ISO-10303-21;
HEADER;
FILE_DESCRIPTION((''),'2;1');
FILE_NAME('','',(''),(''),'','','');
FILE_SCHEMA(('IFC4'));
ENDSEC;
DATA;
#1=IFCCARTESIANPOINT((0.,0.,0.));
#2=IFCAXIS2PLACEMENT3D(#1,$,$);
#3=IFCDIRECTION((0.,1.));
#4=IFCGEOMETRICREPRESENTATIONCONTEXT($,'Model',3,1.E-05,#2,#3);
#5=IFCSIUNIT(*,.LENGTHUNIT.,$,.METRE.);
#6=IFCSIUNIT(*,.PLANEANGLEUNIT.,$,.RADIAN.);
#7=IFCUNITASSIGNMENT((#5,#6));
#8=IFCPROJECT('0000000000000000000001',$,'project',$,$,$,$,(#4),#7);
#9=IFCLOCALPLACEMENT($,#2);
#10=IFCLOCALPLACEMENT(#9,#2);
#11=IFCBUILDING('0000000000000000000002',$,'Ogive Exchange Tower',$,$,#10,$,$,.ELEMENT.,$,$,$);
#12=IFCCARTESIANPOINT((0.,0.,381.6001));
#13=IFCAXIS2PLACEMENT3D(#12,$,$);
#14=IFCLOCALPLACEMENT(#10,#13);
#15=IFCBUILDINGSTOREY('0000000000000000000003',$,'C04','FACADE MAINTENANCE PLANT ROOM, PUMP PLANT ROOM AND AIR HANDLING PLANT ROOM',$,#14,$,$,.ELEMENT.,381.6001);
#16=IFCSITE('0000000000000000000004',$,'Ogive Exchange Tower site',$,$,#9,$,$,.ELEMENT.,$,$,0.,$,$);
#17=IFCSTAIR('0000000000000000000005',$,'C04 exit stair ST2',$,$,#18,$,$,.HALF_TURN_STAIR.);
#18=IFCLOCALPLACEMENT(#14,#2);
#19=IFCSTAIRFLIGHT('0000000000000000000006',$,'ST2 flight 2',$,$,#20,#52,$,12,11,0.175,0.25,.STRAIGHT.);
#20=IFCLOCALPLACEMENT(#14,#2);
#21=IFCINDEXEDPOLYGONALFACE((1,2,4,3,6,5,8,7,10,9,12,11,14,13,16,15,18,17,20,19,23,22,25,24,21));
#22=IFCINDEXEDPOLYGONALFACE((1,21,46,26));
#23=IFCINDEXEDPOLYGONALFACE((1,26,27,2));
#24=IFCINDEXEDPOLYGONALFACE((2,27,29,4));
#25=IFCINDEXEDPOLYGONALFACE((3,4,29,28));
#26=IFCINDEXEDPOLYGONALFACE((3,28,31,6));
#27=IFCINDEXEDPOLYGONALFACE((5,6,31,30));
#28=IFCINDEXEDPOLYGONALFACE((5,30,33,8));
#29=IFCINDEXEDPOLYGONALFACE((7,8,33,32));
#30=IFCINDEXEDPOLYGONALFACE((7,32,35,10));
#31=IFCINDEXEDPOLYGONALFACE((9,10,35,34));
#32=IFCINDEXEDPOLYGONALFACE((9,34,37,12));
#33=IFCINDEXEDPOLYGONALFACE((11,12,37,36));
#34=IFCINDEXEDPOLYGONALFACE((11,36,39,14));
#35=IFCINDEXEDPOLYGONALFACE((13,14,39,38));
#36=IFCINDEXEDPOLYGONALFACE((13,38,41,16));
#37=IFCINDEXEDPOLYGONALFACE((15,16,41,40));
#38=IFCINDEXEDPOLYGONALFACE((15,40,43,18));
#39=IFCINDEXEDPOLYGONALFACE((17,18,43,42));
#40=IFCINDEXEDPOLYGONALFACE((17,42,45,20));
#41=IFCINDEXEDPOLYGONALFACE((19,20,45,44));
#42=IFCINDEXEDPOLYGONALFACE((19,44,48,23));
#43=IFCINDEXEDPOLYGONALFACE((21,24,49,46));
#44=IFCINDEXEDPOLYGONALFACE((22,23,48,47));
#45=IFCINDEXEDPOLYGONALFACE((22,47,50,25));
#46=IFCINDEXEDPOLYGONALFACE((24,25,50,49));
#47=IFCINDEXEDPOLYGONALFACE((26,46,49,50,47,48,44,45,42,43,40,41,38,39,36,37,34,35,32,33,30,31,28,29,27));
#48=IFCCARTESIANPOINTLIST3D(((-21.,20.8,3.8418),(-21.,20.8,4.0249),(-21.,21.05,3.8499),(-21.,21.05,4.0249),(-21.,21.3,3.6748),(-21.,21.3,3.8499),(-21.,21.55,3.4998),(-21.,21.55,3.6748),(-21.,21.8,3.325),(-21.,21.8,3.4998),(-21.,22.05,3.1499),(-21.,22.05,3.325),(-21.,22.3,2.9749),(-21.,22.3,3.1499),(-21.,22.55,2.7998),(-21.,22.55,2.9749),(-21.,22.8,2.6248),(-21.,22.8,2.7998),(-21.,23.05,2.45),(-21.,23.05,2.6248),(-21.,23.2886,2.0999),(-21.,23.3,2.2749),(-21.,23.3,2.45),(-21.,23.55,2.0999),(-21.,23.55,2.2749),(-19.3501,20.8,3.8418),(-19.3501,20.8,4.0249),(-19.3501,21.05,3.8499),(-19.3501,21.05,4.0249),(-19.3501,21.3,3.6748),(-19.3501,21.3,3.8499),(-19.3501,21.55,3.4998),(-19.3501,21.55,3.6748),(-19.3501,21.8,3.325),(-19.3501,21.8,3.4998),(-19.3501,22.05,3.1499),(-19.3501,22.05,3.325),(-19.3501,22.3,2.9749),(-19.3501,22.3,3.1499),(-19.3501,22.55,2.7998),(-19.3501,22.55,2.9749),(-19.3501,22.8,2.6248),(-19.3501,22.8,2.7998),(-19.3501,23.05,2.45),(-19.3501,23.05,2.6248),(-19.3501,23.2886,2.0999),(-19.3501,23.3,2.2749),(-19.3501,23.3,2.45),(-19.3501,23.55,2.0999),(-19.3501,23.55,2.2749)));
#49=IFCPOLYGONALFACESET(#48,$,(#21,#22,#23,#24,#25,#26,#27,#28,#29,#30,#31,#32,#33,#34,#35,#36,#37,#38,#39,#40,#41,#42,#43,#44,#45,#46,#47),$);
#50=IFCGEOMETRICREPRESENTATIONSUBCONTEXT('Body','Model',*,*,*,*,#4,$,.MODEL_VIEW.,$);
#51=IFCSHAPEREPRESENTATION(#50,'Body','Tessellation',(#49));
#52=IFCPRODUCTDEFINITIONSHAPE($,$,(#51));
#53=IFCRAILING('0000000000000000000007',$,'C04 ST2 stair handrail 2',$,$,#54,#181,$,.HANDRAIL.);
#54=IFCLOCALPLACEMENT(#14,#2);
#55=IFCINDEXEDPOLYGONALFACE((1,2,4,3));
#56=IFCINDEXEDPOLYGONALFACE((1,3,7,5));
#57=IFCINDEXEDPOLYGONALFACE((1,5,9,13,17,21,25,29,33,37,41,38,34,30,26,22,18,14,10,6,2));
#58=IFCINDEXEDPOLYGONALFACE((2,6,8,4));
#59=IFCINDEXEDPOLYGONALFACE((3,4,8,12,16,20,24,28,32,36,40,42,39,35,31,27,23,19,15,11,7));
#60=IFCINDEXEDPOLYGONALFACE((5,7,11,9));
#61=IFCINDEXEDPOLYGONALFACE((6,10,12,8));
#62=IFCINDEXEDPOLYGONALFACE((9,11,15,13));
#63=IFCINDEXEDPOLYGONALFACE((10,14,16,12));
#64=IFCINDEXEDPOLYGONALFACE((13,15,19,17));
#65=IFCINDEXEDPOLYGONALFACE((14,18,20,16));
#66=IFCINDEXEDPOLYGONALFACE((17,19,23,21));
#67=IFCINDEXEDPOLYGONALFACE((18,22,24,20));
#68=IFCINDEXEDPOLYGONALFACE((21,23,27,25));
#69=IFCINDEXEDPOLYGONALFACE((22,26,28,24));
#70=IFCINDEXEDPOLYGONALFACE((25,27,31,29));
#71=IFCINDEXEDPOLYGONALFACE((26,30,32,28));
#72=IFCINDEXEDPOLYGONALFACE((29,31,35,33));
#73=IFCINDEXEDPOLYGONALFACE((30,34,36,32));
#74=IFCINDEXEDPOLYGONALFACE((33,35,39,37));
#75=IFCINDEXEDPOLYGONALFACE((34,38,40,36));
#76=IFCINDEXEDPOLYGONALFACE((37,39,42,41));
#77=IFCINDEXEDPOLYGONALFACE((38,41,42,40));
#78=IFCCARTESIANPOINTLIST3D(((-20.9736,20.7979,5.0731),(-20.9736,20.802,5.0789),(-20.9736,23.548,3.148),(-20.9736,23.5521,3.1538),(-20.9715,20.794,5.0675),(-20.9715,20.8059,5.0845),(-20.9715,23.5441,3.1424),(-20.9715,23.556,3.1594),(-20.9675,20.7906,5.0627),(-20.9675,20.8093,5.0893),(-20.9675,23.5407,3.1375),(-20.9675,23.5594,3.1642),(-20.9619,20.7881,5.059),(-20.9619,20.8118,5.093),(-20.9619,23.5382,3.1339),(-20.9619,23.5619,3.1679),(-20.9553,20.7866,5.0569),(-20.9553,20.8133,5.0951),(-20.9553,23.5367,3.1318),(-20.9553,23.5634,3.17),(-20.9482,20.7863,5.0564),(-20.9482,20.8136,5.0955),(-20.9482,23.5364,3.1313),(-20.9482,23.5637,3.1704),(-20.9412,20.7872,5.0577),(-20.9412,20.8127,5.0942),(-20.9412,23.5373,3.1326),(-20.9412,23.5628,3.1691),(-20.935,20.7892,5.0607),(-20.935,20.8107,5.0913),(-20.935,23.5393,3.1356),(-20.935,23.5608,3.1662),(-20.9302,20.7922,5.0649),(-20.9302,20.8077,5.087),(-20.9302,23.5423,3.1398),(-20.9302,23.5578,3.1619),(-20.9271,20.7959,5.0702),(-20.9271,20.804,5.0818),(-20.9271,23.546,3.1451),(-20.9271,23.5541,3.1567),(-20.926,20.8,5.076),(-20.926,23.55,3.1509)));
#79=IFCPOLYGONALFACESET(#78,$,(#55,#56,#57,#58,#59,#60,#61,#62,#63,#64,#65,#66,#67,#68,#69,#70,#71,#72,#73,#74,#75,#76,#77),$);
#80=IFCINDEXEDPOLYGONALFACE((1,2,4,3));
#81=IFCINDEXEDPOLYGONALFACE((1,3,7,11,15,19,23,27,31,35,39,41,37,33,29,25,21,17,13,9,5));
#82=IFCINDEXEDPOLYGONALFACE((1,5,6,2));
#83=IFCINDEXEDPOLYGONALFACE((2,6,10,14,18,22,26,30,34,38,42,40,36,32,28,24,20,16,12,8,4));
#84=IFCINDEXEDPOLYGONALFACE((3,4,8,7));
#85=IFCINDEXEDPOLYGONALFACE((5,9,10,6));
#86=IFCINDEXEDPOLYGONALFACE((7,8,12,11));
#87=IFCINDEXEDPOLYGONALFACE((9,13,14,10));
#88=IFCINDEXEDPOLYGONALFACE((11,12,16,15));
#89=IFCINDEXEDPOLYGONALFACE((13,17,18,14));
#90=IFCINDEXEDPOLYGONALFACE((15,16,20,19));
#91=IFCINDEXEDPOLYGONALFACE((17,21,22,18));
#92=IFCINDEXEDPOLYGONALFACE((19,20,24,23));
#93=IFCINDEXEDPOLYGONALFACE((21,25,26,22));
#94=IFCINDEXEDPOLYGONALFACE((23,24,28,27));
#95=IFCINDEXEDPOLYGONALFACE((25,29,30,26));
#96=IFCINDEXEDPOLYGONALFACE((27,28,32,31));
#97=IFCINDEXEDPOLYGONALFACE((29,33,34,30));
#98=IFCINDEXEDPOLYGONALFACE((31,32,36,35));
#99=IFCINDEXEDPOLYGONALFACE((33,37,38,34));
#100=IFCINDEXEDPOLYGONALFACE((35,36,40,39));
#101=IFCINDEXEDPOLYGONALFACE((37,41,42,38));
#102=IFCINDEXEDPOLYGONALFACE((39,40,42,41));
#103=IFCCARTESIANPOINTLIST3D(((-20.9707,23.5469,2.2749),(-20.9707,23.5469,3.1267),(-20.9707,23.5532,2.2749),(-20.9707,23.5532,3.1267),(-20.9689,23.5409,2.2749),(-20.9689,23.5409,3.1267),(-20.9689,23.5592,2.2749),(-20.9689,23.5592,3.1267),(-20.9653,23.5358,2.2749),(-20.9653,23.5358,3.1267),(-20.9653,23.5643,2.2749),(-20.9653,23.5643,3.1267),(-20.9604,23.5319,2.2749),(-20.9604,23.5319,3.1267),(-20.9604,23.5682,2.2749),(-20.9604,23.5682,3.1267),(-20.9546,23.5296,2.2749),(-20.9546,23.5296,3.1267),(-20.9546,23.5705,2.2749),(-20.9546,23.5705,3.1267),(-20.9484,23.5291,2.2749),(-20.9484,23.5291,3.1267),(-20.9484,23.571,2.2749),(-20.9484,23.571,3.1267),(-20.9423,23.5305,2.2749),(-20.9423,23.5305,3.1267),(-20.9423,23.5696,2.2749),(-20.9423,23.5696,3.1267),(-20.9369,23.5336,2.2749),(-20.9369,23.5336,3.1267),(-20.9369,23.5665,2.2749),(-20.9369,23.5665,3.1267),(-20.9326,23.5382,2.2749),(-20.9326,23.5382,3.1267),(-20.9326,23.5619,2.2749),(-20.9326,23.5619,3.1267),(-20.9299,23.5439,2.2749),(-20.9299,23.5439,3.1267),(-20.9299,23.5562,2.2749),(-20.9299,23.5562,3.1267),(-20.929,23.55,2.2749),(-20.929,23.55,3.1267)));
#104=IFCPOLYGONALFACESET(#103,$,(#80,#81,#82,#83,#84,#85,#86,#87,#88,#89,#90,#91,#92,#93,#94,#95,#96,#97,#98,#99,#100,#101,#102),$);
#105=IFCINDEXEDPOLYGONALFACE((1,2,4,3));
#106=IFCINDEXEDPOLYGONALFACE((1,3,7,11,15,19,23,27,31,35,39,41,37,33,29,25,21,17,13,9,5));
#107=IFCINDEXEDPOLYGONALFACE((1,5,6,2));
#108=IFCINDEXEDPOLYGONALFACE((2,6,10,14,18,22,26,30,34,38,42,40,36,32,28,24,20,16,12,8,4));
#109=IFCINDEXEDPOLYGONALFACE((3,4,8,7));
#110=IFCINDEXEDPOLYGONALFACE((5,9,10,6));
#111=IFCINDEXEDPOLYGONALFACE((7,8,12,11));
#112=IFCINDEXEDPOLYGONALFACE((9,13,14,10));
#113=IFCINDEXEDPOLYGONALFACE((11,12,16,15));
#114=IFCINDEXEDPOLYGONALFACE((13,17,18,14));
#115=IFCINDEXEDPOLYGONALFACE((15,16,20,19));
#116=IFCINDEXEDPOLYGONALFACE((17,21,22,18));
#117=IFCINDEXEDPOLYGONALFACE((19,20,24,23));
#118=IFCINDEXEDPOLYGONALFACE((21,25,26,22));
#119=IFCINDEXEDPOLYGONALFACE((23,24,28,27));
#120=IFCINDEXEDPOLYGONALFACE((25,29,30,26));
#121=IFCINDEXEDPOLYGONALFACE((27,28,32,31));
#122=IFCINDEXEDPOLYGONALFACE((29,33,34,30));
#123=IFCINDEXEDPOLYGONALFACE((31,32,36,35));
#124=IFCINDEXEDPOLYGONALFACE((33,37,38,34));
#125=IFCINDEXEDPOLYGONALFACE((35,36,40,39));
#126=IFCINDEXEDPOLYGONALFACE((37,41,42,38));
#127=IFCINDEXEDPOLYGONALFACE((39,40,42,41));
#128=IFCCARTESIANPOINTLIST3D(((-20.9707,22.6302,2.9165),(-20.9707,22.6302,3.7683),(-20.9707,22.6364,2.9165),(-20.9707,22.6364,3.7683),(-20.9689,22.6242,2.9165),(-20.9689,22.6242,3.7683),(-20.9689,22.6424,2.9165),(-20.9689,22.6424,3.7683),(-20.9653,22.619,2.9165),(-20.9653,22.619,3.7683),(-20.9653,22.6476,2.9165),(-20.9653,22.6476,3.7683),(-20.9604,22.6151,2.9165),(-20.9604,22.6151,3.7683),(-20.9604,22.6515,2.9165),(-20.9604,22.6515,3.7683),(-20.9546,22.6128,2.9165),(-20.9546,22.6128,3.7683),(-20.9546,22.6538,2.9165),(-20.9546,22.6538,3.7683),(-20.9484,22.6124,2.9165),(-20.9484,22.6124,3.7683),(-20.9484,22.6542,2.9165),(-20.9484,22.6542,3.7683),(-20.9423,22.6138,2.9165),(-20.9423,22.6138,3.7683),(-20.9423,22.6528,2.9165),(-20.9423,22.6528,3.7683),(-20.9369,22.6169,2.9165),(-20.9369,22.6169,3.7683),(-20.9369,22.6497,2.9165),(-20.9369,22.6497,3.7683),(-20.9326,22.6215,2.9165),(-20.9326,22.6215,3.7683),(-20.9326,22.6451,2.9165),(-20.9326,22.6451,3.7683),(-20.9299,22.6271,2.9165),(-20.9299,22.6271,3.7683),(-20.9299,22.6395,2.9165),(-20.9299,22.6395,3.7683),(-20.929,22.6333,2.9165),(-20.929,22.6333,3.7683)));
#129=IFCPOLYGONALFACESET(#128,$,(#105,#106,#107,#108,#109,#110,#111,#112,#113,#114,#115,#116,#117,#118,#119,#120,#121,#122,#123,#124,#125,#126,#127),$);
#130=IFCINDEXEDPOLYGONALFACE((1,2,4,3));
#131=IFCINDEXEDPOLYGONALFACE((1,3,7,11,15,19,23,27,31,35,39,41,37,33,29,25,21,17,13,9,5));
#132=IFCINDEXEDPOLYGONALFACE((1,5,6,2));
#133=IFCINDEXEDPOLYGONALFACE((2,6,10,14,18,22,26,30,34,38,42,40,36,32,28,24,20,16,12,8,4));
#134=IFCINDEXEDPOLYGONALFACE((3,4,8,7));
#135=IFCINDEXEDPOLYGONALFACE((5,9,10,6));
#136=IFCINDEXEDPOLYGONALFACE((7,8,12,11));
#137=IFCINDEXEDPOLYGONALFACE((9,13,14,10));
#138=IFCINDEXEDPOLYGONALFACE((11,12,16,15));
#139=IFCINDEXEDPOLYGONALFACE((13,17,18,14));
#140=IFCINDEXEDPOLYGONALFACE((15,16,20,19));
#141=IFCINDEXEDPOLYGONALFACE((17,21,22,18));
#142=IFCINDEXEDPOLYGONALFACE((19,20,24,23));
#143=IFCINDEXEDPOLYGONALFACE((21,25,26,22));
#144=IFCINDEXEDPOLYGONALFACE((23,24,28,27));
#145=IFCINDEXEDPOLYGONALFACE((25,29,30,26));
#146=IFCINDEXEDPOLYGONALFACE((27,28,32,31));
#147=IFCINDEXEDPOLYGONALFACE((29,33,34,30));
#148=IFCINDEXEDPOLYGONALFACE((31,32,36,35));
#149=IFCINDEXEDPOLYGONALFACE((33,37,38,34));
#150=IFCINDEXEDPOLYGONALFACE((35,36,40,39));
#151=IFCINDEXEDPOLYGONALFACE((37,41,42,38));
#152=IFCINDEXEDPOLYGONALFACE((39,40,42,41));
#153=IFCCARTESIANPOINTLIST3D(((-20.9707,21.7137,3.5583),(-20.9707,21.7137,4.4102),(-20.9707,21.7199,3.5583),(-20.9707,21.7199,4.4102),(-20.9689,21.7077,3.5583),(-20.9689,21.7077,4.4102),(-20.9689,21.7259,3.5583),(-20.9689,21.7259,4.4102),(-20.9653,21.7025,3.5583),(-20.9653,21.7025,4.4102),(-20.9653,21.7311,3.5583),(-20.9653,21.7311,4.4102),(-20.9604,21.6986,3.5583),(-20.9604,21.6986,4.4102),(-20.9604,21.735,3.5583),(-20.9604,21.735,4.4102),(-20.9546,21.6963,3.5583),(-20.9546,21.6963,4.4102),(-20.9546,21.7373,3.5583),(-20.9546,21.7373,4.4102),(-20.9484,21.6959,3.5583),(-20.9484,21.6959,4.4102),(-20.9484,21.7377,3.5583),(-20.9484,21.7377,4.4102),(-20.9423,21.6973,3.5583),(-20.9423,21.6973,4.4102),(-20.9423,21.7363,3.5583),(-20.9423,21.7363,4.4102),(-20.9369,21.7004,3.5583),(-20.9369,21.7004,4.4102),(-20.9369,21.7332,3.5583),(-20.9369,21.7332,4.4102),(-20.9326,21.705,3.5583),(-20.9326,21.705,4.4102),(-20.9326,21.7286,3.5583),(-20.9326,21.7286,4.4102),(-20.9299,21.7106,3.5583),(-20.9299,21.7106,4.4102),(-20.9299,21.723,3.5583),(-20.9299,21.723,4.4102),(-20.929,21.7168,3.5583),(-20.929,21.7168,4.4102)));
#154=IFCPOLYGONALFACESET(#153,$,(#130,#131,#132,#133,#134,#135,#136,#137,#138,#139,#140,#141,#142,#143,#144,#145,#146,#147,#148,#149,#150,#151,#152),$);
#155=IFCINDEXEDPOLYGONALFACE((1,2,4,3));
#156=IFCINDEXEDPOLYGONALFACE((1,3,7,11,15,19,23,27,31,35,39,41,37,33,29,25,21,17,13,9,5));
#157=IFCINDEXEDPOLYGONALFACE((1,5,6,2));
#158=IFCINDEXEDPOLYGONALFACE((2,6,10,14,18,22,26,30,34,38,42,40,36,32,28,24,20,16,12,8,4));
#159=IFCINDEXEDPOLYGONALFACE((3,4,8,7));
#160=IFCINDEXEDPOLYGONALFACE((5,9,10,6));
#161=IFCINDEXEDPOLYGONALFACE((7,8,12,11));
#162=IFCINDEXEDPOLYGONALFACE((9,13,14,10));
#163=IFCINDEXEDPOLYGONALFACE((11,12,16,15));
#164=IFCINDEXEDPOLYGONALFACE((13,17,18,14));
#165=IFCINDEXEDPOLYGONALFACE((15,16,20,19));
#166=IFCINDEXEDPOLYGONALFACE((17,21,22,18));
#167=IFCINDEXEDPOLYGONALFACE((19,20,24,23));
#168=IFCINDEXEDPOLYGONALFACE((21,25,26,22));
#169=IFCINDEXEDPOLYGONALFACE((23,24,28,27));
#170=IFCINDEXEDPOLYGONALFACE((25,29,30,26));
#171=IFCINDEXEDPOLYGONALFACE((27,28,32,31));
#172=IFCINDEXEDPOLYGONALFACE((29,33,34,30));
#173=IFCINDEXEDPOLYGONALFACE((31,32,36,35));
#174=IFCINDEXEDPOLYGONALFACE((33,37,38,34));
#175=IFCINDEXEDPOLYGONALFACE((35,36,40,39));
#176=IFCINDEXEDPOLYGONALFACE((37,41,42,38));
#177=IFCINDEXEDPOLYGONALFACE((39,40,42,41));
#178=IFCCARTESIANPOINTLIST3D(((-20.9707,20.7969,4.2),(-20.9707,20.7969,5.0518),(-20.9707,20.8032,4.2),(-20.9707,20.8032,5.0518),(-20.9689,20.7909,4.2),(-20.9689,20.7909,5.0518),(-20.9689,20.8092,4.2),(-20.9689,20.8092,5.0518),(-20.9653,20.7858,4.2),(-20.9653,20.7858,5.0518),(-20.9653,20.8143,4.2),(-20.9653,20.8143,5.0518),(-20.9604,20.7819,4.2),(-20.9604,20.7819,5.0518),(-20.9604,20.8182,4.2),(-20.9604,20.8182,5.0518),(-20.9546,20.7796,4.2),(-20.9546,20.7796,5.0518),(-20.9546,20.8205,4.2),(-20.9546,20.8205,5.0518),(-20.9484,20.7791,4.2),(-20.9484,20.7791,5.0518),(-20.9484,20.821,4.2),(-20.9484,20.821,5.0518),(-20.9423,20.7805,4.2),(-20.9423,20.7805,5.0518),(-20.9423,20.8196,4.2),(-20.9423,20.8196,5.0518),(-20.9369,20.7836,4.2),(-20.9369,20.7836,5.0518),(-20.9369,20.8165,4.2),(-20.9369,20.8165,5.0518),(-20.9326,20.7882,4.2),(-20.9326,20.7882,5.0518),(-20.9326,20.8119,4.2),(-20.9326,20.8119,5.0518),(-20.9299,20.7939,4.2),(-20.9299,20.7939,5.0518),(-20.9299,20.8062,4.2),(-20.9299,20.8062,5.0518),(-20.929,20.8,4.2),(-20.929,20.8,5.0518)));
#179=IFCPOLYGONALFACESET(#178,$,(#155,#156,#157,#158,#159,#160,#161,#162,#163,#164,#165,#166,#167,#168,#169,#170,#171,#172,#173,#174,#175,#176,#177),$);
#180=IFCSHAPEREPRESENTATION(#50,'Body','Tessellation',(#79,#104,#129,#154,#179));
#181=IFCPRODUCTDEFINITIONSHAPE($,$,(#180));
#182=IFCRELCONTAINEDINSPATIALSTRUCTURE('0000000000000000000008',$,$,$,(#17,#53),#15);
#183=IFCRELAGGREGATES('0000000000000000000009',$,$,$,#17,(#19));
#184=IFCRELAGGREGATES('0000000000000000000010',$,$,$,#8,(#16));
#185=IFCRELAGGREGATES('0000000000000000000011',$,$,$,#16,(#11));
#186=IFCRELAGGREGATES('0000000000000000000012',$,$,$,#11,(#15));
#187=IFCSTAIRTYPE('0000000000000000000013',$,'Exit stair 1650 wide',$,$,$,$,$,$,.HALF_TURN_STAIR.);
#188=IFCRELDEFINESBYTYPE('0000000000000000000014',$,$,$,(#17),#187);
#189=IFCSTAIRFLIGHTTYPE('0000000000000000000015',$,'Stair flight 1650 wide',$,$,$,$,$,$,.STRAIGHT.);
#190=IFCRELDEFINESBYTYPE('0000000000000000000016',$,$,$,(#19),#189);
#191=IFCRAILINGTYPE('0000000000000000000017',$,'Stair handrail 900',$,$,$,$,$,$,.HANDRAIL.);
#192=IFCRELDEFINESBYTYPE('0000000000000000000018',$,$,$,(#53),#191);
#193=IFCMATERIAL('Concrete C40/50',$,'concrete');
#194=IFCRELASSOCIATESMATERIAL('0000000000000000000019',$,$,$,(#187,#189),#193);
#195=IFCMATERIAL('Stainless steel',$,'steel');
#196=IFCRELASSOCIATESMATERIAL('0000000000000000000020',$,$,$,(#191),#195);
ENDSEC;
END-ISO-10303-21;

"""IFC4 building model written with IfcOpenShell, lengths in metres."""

from ifc_helpers import new_model, si_unit, direction, frame, origin, origin_2d, place, context, subcontext, project, spatial, polyline, circle, outline, extrude, material, type_object, element, aggregate, save


model = new_model("IFC4")

# Units and contexts
model_context = context("Model", 3, precision=1e-05, world=origin(), true_north=direction((0.0, 1.0)))
body_context = subcontext(model_context, "Body", "Model", "MODEL_VIEW")
ifc_project = project(units=[si_unit("LENGTHUNIT", "METRE"), si_unit("PLANEANGLEUNIT", "RADIAN")], contexts=[model_context])

# Site, building, storey
site_placement = place(None, origin())
site = spatial("IfcSite", under=ifc_project, at=site_placement, Name="Ogive Exchange Tower site", CompositionType="ELEMENT", RefElevation=0.0)
building_placement = place(site_placement, origin())
building = spatial("IfcBuilding", under=site, at=building_placement, Name="Ogive Exchange Tower", CompositionType="ELEMENT")
storey_placement = place(building_placement, frame((0.0, 0.0, 381.6001)))
storey = spatial("IfcBuildingStorey", under=building, at=storey_placement, Name="C04", Description="FACADE MAINTENANCE PLANT ROOM, PUMP PLANT ROOM AND AIR HANDLING PLANT ROOM", CompositionType="ELEMENT", Elevation=381.6001)

# Stair, stair flight
ifc_material_1 = material(Name="Concrete C40/50", Category="concrete")
stair_type = type_object("IfcStairType", Name="Exit stair 1650 wide", PredefinedType="HALF_TURN_STAIR", material=ifc_material_1)
stair_placement = place(storey_placement, origin())
stair = element("IfcStair", 1, at=stair_placement, inside=storey, type_object=stair_type, Name="C04 exit stair ST2", PredefinedType="HALF_TURN_STAIR")
stair_flight_type = type_object("IfcStairFlightType", Name="Stair flight 1650 wide", PredefinedType="STRAIGHT", material=ifc_material_1)
stair_flight_1_placement = place(storey_placement, frame((-20.175, 23.55, 2.0999), z_axis=(0.0, 0.0, 1.0), x_axis=(0.0, -1.0, 0.0)))
stair_flight_1 = element("IfcStairFlight", 2, at=stair_flight_1_placement, type_object=stair_flight_type, Name="ST2 flight 2", NumberOfRisers=12, NumberOfTreads=11, PredefinedType="STRAIGHT", RiserHeight=0.175, TreadLength=0.25, context=body_context, shape_type="SweptSolid", body=[
    extrude(outline(polyline([(0.0, 0.0), (0.0, 0.175), (0.25, 0.175), (0.25, 0.3501), (0.5, 0.3501), (0.5, 0.5249), (0.75, 0.5249), (0.75, 0.7), (1.0, 0.7), (1.0, 0.875), (1.25, 0.875), (1.25, 1.05), (1.5, 1.05), (1.5, 1.2251), (1.75, 1.2251), (1.75, 1.3999), (2.0, 1.3999), (2.0, 1.575), (2.25, 1.575), (2.25, 1.75), (2.5, 1.75), (2.5, 1.925), (2.75, 1.925), (2.75, 2.1001), (2.75, 1.7419), (0.2615, 0.0), (0.0, 0.0)])), frame((0.0, 0.825, 0.0), z_axis=(0.0, -1.0, 0.0), x_axis=(1.0, 0.0, 0.0)), (0.0, 0.0, 1.0), 1.6499),
])
aggregate(stair, [stair_flight_1])

# Railing
ifc_material_2 = material(Name="Stainless steel", Category="steel")
railing_type = type_object("IfcRailingType", Name="Stair handrail 900", PredefinedType="HANDRAIL", material=ifc_material_2)
railing_placement = place(storey_placement, frame((-20.95, 23.55, 2.2749)))
element("IfcRailing", 3, at=railing_placement, inside=storey, type_object=railing_type, Name="C04 ST2 stair handrail 2", PredefinedType="HANDRAIL", context=body_context, shape_type="SweptSolid", body=[
    extrude(circle(Radius=0.0239, at=origin_2d()), frame((0.0, 0.0, 0.876), z_axis=(0.0, -0.819225, 0.573472), x_axis=(1.0, 0.0, 0.0)), (0.0, 0.0, 1.0), 3.3569),
    extrude(circle(Radius=0.021, at=origin_2d()), origin(), (0.0, 0.0, 1.0), 0.8518),
    extrude(circle(Radius=0.021, at=origin_2d()), frame((0.0, -0.9167, 0.6416)), (0.0, 0.0, 1.0), 0.8518),
    extrude(circle(Radius=0.021, at=origin_2d()), frame((0.0, -1.8333, 1.2834)), (0.0, 0.0, 1.0), 0.8518),
    extrude(circle(Radius=0.021, at=origin_2d()), frame((0.0, -2.75, 1.925)), (0.0, 0.0, 1.0), 0.8518),
])

save(model, "model.ifc")
